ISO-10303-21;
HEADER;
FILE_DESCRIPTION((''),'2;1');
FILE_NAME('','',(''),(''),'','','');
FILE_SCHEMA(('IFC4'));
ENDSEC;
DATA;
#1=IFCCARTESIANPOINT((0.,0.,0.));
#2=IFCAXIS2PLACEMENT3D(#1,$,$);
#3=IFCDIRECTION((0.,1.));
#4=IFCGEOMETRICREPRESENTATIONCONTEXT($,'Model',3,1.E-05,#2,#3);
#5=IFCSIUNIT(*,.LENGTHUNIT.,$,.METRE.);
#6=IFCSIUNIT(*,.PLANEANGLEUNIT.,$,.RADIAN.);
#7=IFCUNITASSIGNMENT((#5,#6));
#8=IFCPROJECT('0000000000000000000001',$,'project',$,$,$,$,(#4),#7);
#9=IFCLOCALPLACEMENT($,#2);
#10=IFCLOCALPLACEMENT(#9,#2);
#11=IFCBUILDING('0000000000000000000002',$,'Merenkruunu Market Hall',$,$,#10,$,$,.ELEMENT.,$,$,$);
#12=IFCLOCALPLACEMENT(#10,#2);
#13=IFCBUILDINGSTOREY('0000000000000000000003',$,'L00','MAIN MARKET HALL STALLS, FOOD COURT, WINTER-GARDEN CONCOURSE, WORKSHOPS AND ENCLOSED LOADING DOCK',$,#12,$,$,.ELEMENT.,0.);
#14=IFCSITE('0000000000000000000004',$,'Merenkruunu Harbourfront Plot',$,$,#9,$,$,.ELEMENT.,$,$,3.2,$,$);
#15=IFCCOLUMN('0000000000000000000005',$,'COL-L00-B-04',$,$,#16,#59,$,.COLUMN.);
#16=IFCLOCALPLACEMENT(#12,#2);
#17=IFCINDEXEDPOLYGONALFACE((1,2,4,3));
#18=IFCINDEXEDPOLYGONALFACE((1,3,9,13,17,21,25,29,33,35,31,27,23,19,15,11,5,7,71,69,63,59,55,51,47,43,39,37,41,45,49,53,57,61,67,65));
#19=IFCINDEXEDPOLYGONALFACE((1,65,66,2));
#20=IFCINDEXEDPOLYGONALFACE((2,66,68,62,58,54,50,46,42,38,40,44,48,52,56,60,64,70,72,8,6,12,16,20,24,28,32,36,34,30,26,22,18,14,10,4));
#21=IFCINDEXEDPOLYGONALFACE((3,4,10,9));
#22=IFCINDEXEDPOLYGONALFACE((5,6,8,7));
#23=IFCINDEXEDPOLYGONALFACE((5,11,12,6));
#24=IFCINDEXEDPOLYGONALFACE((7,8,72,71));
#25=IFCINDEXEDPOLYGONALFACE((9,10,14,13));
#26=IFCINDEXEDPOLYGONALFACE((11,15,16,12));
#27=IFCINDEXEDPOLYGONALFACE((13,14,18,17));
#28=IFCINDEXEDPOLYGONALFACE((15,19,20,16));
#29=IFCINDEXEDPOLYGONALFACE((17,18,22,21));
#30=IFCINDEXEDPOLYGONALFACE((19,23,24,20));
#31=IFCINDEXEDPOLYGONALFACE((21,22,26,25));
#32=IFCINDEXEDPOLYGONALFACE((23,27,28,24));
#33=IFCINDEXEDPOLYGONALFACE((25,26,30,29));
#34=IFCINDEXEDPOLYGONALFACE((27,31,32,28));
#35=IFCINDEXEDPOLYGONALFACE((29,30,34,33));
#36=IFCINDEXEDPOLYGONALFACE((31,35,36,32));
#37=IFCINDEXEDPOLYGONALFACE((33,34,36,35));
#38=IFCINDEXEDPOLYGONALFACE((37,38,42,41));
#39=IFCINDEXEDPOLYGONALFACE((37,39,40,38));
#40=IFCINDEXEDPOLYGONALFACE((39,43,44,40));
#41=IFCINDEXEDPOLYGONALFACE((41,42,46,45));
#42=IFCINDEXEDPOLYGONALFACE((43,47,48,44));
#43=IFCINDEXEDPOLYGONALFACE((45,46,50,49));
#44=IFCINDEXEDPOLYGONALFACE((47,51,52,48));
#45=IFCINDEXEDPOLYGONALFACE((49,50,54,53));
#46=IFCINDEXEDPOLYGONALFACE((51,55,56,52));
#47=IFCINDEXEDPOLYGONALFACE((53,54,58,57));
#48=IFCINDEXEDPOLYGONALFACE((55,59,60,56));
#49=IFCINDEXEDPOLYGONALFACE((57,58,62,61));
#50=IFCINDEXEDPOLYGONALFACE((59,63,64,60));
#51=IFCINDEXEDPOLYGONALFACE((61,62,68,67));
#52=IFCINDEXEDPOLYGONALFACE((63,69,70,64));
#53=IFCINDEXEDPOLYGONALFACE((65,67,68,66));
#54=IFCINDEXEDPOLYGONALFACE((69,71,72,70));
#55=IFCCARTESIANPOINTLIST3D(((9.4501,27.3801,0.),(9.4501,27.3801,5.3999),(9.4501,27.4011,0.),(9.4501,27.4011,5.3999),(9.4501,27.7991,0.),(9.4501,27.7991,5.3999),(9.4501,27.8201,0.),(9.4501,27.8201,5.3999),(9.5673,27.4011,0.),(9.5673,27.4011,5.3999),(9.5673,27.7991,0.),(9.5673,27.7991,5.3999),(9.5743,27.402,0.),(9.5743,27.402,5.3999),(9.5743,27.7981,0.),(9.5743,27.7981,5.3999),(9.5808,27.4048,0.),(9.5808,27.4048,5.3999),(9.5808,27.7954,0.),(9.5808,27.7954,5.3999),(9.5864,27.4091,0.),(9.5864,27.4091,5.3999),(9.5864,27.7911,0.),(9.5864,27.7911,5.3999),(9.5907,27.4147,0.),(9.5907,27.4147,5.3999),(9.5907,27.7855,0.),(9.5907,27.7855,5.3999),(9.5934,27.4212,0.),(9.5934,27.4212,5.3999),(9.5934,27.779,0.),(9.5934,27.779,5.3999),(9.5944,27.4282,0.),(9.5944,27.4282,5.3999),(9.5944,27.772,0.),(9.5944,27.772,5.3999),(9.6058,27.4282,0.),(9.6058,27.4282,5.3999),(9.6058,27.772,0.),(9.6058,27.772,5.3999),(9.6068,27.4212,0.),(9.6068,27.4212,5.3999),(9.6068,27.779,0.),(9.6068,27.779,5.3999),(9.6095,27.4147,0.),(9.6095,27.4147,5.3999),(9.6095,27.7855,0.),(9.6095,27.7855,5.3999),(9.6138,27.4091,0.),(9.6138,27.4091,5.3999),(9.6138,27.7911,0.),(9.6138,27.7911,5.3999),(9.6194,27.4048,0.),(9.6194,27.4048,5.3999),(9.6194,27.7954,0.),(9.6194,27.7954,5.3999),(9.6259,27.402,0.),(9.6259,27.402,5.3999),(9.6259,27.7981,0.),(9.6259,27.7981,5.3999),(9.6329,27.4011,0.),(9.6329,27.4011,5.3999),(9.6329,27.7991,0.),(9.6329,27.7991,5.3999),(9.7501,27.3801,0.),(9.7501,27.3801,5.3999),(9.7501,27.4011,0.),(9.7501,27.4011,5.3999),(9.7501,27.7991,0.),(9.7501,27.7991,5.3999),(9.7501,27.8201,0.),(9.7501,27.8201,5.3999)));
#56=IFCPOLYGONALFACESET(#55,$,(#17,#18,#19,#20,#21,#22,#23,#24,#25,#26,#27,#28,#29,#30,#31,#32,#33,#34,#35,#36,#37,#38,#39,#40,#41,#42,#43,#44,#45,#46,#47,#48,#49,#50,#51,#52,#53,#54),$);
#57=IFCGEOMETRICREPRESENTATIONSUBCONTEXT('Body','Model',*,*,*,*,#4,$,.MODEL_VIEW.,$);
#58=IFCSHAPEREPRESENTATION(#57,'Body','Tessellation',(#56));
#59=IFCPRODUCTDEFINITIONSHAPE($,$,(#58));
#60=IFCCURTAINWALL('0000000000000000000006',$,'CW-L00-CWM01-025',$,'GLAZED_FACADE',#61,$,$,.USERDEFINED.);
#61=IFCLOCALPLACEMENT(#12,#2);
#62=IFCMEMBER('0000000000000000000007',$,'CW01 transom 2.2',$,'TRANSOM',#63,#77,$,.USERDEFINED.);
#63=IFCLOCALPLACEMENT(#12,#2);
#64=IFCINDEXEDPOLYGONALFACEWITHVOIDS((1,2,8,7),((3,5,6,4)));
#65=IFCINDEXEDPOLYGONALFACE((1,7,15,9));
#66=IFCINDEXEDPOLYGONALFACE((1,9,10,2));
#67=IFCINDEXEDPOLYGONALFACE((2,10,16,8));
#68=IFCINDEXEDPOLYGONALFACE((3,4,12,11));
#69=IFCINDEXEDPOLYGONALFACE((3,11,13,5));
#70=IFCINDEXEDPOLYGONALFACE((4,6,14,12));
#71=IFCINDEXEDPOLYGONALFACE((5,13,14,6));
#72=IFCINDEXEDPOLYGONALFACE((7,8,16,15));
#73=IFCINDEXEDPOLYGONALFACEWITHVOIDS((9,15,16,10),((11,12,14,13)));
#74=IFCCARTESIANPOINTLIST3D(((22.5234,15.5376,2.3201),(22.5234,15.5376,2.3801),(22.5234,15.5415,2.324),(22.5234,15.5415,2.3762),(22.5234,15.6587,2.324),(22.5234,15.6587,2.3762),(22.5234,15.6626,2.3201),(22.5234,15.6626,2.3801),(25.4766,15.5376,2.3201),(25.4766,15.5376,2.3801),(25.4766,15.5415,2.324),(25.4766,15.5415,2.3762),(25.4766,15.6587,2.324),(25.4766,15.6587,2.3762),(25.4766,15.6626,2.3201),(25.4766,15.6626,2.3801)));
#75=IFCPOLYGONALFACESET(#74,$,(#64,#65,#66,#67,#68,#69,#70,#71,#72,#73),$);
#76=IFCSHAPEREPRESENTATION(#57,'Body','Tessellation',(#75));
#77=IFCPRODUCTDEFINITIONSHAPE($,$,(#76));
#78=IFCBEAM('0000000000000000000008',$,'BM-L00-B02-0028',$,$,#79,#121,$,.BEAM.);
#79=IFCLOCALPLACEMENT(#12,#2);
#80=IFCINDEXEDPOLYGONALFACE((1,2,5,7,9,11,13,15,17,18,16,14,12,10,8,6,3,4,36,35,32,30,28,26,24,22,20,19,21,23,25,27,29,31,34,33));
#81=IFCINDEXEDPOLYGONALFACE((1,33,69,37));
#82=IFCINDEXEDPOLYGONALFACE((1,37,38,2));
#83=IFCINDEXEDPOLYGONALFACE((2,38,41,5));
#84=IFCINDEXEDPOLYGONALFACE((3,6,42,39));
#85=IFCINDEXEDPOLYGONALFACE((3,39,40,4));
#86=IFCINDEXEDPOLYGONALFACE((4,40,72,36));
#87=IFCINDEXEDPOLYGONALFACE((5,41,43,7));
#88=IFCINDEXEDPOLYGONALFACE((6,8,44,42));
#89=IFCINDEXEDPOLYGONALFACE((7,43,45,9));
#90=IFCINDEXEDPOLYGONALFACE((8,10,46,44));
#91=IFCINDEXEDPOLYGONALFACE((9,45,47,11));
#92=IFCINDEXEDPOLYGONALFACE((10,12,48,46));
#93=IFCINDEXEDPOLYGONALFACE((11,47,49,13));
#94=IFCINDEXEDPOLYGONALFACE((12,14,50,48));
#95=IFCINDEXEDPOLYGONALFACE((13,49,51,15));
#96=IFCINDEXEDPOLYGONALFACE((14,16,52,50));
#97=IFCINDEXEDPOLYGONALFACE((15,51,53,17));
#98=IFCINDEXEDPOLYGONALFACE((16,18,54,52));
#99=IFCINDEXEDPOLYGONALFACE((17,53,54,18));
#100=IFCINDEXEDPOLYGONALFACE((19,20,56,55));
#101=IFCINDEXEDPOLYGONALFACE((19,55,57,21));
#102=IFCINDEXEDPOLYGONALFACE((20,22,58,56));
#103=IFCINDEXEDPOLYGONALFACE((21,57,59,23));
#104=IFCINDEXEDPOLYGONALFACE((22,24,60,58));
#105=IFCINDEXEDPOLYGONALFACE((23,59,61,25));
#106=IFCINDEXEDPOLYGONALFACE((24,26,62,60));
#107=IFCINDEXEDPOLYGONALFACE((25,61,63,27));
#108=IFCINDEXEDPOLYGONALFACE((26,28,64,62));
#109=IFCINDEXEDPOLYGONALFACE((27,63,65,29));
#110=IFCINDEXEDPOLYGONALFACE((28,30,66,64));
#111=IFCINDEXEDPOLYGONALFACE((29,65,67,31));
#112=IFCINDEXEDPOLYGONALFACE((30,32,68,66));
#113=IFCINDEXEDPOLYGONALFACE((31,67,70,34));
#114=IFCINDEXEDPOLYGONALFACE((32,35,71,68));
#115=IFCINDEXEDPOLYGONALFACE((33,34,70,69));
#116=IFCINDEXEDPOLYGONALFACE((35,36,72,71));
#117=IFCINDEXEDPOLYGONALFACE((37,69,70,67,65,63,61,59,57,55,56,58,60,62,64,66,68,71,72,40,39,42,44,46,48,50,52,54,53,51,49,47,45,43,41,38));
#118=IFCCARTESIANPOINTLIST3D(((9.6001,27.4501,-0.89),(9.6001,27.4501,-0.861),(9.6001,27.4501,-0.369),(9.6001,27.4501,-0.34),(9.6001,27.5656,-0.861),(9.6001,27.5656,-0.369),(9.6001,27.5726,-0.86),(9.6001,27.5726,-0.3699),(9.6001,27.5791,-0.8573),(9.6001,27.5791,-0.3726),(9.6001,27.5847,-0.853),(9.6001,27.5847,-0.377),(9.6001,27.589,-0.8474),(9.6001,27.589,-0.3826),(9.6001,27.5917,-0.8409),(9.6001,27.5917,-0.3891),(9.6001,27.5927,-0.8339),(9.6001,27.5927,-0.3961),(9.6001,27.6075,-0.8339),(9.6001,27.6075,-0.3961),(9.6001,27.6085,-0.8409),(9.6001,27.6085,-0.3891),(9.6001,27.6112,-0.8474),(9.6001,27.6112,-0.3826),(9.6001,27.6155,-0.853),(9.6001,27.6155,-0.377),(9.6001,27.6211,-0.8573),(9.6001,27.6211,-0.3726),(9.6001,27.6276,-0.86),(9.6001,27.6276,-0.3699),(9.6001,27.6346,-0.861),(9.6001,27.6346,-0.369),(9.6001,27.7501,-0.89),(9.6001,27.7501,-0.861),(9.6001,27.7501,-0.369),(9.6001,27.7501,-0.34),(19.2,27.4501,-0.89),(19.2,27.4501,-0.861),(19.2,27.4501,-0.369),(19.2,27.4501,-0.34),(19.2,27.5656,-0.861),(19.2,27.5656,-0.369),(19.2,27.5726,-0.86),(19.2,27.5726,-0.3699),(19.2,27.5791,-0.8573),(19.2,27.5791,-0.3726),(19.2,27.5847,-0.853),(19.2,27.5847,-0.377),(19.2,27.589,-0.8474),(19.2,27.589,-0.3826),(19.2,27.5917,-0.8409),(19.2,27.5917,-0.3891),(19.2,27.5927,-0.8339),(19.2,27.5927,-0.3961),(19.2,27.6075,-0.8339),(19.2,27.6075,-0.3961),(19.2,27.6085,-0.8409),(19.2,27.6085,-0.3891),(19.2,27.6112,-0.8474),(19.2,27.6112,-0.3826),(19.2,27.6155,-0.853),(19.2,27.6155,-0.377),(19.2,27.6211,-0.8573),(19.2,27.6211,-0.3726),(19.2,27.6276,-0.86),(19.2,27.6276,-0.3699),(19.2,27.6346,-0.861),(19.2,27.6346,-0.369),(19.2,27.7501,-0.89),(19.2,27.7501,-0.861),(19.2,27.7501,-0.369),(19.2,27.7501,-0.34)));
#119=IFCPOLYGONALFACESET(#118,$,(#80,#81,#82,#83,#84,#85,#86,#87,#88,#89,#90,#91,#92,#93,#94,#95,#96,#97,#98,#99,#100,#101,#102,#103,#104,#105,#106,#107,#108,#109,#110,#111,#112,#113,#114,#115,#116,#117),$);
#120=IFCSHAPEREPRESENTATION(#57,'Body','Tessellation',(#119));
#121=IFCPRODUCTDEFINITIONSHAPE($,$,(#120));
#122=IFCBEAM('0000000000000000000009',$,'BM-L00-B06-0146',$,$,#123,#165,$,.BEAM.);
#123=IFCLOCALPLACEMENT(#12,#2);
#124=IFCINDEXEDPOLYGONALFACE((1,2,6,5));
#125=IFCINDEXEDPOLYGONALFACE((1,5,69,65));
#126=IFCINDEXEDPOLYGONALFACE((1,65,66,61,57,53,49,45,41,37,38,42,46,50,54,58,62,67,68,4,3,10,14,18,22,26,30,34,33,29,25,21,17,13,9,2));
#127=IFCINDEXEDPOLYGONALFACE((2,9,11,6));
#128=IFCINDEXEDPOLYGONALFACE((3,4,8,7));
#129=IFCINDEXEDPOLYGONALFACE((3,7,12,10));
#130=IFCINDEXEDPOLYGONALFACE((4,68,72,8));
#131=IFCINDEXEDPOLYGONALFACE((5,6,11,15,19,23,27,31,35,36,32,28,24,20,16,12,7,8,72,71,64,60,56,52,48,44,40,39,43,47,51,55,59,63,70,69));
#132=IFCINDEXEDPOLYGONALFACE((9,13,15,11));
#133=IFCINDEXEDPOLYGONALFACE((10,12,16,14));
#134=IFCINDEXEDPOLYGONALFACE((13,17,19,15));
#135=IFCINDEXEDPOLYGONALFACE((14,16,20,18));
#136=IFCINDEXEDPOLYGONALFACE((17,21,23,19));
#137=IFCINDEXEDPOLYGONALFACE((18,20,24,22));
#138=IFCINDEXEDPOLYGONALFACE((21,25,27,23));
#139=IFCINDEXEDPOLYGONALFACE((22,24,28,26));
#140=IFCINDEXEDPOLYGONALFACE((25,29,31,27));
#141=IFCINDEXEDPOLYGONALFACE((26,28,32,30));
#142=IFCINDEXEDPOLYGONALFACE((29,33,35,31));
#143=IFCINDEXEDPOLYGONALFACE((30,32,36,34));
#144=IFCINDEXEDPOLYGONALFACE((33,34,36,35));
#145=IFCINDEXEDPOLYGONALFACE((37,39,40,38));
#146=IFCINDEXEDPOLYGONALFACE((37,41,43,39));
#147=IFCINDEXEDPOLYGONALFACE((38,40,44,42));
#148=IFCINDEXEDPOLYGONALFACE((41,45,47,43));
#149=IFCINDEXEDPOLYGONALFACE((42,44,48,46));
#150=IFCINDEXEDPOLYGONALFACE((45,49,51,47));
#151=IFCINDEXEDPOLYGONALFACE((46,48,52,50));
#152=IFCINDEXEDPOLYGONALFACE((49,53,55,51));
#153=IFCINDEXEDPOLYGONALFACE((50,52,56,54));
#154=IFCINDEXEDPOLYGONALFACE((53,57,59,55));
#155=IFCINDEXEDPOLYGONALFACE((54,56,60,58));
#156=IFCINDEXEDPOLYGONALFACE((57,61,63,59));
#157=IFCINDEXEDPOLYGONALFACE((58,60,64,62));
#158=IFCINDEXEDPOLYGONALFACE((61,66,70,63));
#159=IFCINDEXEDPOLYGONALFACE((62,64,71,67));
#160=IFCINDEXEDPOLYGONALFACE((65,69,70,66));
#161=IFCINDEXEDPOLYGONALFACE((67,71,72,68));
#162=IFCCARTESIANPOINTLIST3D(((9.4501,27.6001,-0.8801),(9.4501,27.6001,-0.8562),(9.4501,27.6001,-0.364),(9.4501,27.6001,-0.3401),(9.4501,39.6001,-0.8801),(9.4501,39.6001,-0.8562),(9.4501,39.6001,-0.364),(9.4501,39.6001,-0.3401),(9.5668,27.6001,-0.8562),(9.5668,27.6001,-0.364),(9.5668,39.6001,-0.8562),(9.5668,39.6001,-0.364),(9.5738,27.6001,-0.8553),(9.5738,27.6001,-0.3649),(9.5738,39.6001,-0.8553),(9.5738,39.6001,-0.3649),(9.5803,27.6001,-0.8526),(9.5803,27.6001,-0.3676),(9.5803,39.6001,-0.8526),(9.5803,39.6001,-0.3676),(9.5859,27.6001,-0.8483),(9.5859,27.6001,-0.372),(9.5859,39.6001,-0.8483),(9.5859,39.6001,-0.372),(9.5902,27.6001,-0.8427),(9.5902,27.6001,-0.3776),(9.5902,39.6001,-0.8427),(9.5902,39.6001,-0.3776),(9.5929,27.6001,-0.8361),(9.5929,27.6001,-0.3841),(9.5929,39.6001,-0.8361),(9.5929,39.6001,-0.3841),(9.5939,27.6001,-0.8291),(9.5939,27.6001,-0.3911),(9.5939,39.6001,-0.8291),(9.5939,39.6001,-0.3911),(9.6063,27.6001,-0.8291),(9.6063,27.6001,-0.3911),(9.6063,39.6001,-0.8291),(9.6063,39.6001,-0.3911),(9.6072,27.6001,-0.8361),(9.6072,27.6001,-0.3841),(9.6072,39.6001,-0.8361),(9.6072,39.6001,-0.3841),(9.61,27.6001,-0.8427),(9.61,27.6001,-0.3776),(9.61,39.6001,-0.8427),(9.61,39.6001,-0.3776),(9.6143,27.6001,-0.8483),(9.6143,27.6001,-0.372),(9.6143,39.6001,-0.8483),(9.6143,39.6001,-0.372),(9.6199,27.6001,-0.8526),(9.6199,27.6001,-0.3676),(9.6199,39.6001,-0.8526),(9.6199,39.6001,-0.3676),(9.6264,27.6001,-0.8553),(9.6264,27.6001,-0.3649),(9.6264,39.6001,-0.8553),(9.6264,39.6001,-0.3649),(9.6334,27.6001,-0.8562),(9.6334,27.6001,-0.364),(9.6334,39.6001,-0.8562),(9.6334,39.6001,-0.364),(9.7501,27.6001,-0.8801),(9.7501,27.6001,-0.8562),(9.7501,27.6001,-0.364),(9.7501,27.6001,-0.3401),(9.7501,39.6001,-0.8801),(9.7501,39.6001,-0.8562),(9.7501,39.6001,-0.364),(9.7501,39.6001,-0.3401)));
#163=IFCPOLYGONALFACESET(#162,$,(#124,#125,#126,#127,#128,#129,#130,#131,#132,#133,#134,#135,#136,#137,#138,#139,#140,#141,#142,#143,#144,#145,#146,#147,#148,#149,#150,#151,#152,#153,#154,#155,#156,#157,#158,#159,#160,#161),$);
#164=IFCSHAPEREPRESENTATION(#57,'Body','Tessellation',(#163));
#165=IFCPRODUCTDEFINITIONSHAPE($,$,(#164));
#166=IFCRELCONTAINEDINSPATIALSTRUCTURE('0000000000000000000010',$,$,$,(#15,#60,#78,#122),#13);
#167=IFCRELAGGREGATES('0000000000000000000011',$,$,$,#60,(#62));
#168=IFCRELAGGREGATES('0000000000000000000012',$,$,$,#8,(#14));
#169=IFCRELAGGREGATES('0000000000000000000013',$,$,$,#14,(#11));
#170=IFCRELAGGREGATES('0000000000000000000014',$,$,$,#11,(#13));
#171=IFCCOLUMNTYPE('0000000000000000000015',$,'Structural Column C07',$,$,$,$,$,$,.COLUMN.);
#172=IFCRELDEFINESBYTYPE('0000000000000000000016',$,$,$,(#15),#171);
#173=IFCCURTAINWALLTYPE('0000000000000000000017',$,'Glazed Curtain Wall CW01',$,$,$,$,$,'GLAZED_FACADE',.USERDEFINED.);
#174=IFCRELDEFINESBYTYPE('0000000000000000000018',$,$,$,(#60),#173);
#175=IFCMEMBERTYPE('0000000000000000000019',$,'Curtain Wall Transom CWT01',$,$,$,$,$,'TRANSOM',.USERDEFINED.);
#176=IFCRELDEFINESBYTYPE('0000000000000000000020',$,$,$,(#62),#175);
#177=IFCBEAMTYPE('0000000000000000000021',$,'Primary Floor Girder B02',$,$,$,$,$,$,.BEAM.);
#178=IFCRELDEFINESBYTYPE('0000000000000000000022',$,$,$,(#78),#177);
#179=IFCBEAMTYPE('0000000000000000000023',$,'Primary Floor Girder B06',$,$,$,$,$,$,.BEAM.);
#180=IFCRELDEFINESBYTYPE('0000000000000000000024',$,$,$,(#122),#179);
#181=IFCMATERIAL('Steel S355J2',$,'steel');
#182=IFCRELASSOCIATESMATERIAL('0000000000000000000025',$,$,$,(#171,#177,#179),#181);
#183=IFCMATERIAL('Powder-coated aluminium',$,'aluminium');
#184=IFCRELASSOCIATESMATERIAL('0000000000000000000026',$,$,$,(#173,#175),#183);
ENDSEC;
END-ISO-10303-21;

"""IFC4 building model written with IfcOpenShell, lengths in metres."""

from ifc_helpers import new_model, si_unit, direction, frame, origin, origin_2d, place, context, subcontext, project, spatial, hollow_rectangle, i_section, extrude, material, material_profile, profile_set, type_object, element, aggregate, save


model = new_model("IFC4")

# Units and contexts
model_context = context("Model", 3, precision=1e-05, world=origin(), true_north=direction((0.0, 1.0)))
body_context = subcontext(model_context, "Body", "Model", "MODEL_VIEW")
ifc_project = project(units=[si_unit("LENGTHUNIT", "METRE"), si_unit("PLANEANGLEUNIT", "RADIAN")], contexts=[model_context])

# Site, building, storey
site_placement = place(None, origin())
site = spatial("IfcSite", under=ifc_project, at=site_placement, Name="Merenkruunu Harbourfront Plot", CompositionType="ELEMENT", RefElevation=3.2)
building_placement = place(site_placement, origin())
building = spatial("IfcBuilding", under=site, at=building_placement, Name="Merenkruunu Market Hall", CompositionType="ELEMENT")
storey_placement = place(building_placement, origin())
storey = spatial("IfcBuildingStorey", under=building, at=storey_placement, Name="L00", Description="MAIN MARKET HALL STALLS, FOOD COURT, WINTER-GARDEN CONCOURSE, WORKSHOPS AND ENCLOSED LOADING DOCK", CompositionType="ELEMENT", Elevation=0.0)

# Column
ifc_material_1 = material(Name="Steel S355J2", Category="steel")
ifc_material_profile_1 = material_profile(ifc_material_1, i_section(OverallWidth=0.3, OverallDepth=0.4399, WebThickness=0.0115, FlangeThickness=0.021, FilletRadius=0.0271, at=origin_2d()), Name="HEA 450")
ifc_profile_set_1 = profile_set([ifc_material_profile_1], Name="Steel S355J2")
column_type = type_object("IfcColumnType", Name="Structural Column C07", PredefinedType="COLUMN", material=ifc_profile_set_1)
column_placement = place(storey_placement, frame((9.6001, 27.6001, 0.0), z_axis=(0.0, 0.0, 1.0), x_axis=(1.0, 0.0, 0.0)))
element("IfcColumn", 1, at=column_placement, inside=storey, type_object=column_type, Name="COL-L00-B-04", PredefinedType="COLUMN", context=body_context, shape_type="SweptSolid", body=[
    extrude(i_section(OverallWidth=0.3, OverallDepth=0.4399, WebThickness=0.0115, FlangeThickness=0.021, FilletRadius=0.0271, at=origin_2d()), origin(), (0.0, 0.0, 1.0), 5.3999),
])

# Curtain wall, member
ifc_material_2 = material(Name="Powder-coated aluminium", Category="aluminium")
curtain_wall_type = type_object("IfcCurtainWallType", Name="Glazed Curtain Wall CW01", ElementType="GLAZED_FACADE", PredefinedType="USERDEFINED", material=ifc_material_2)
curtain_wall_placement = place(storey_placement, origin())
curtain_wall = element("IfcCurtainWall", 2, at=curtain_wall_placement, inside=storey, type_object=curtain_wall_type, Name="CW-L00-CWM01-025", ObjectType="GLAZED_FACADE", PredefinedType="USERDEFINED")
ifc_material_profile_2 = material_profile(ifc_material_2, hollow_rectangle(XDim=0.0601, YDim=0.125, WallThickness=0.0039, at=origin_2d()), Name="ALU 60x125x4")
ifc_profile_set_2 = profile_set([ifc_material_profile_2], Name="Powder-coated aluminium")
member_type = type_object("IfcMemberType", Name="Curtain Wall Transom CWT01", ElementType="TRANSOM", PredefinedType="USERDEFINED", material=ifc_profile_set_2)
member_placement = place(storey_placement, frame((25.4766, 15.6001, 2.3501), z_axis=(-1.0, 0.0, 0.0), x_axis=(0.0, 0.0, 1.0)))
member = element("IfcMember", 3, at=member_placement, type_object=member_type, Name="CW01 transom 2.2", ObjectType="TRANSOM", PredefinedType="USERDEFINED", context=body_context, shape_type="SweptSolid", body=[
    extrude(hollow_rectangle(XDim=0.0601, YDim=0.125, WallThickness=0.0039, at=origin_2d()), origin(), (0.0, 0.0, 1.0), 2.9531),
])
aggregate(curtain_wall, [member])

# Beams
ifc_material_profile_3 = material_profile(ifc_material_1, i_section(OverallWidth=0.3, OverallDepth=0.55, WebThickness=0.0149, FlangeThickness=0.0291, FilletRadius=0.0271, at=origin_2d()), Name="HEB 550")
ifc_profile_set_3 = profile_set([ifc_material_profile_3], Name="Steel S355J2")
beam_type_1 = type_object("IfcBeamType", Name="Primary Floor Girder B02", PredefinedType="BEAM", material=ifc_profile_set_3)
beam_1_placement = place(storey_placement, frame((9.6001, 27.6001, -0.615), z_axis=(1.0, 0.0, 0.0), x_axis=(0.0, 1.0, 0.0)))
element("IfcBeam", 4, at=beam_1_placement, inside=storey, type_object=beam_type_1, Name="BM-L00-B02-0028", PredefinedType="BEAM", context=body_context, shape_type="SweptSolid", body=[
    extrude(i_section(OverallWidth=0.3, OverallDepth=0.55, WebThickness=0.0149, FlangeThickness=0.0291, FilletRadius=0.0271, at=origin_2d()), origin(), (0.0, 0.0, 1.0), 9.5999),
])
ifc_material_profile_4 = material_profile(ifc_material_1, i_section(OverallWidth=0.3, OverallDepth=0.54, WebThickness=0.0125, FlangeThickness=0.0239, FilletRadius=0.0271, at=origin_2d()), Name="HEA 550")
ifc_profile_set_4 = profile_set([ifc_material_profile_4], Name="Steel S355J2")
beam_type_2 = type_object("IfcBeamType", Name="Primary Floor Girder B06", PredefinedType="BEAM", material=ifc_profile_set_4)
beam_2_placement = place(storey_placement, frame((9.6001, 27.6001, -0.6101), z_axis=(0.0, 1.0, 0.0), x_axis=(-1.0, 0.0, 0.0)))
element("IfcBeam", 5, at=beam_2_placement, inside=storey, type_object=beam_type_2, Name="BM-L00-B06-0146", PredefinedType="BEAM", context=body_context, shape_type="SweptSolid", body=[
    extrude(i_section(OverallWidth=0.3, OverallDepth=0.54, WebThickness=0.0125, FlangeThickness=0.0239, FilletRadius=0.0271, at=origin_2d()), origin(), (0.0, 0.0, 1.0), 12.0),
])

save(model, "model.ifc")
